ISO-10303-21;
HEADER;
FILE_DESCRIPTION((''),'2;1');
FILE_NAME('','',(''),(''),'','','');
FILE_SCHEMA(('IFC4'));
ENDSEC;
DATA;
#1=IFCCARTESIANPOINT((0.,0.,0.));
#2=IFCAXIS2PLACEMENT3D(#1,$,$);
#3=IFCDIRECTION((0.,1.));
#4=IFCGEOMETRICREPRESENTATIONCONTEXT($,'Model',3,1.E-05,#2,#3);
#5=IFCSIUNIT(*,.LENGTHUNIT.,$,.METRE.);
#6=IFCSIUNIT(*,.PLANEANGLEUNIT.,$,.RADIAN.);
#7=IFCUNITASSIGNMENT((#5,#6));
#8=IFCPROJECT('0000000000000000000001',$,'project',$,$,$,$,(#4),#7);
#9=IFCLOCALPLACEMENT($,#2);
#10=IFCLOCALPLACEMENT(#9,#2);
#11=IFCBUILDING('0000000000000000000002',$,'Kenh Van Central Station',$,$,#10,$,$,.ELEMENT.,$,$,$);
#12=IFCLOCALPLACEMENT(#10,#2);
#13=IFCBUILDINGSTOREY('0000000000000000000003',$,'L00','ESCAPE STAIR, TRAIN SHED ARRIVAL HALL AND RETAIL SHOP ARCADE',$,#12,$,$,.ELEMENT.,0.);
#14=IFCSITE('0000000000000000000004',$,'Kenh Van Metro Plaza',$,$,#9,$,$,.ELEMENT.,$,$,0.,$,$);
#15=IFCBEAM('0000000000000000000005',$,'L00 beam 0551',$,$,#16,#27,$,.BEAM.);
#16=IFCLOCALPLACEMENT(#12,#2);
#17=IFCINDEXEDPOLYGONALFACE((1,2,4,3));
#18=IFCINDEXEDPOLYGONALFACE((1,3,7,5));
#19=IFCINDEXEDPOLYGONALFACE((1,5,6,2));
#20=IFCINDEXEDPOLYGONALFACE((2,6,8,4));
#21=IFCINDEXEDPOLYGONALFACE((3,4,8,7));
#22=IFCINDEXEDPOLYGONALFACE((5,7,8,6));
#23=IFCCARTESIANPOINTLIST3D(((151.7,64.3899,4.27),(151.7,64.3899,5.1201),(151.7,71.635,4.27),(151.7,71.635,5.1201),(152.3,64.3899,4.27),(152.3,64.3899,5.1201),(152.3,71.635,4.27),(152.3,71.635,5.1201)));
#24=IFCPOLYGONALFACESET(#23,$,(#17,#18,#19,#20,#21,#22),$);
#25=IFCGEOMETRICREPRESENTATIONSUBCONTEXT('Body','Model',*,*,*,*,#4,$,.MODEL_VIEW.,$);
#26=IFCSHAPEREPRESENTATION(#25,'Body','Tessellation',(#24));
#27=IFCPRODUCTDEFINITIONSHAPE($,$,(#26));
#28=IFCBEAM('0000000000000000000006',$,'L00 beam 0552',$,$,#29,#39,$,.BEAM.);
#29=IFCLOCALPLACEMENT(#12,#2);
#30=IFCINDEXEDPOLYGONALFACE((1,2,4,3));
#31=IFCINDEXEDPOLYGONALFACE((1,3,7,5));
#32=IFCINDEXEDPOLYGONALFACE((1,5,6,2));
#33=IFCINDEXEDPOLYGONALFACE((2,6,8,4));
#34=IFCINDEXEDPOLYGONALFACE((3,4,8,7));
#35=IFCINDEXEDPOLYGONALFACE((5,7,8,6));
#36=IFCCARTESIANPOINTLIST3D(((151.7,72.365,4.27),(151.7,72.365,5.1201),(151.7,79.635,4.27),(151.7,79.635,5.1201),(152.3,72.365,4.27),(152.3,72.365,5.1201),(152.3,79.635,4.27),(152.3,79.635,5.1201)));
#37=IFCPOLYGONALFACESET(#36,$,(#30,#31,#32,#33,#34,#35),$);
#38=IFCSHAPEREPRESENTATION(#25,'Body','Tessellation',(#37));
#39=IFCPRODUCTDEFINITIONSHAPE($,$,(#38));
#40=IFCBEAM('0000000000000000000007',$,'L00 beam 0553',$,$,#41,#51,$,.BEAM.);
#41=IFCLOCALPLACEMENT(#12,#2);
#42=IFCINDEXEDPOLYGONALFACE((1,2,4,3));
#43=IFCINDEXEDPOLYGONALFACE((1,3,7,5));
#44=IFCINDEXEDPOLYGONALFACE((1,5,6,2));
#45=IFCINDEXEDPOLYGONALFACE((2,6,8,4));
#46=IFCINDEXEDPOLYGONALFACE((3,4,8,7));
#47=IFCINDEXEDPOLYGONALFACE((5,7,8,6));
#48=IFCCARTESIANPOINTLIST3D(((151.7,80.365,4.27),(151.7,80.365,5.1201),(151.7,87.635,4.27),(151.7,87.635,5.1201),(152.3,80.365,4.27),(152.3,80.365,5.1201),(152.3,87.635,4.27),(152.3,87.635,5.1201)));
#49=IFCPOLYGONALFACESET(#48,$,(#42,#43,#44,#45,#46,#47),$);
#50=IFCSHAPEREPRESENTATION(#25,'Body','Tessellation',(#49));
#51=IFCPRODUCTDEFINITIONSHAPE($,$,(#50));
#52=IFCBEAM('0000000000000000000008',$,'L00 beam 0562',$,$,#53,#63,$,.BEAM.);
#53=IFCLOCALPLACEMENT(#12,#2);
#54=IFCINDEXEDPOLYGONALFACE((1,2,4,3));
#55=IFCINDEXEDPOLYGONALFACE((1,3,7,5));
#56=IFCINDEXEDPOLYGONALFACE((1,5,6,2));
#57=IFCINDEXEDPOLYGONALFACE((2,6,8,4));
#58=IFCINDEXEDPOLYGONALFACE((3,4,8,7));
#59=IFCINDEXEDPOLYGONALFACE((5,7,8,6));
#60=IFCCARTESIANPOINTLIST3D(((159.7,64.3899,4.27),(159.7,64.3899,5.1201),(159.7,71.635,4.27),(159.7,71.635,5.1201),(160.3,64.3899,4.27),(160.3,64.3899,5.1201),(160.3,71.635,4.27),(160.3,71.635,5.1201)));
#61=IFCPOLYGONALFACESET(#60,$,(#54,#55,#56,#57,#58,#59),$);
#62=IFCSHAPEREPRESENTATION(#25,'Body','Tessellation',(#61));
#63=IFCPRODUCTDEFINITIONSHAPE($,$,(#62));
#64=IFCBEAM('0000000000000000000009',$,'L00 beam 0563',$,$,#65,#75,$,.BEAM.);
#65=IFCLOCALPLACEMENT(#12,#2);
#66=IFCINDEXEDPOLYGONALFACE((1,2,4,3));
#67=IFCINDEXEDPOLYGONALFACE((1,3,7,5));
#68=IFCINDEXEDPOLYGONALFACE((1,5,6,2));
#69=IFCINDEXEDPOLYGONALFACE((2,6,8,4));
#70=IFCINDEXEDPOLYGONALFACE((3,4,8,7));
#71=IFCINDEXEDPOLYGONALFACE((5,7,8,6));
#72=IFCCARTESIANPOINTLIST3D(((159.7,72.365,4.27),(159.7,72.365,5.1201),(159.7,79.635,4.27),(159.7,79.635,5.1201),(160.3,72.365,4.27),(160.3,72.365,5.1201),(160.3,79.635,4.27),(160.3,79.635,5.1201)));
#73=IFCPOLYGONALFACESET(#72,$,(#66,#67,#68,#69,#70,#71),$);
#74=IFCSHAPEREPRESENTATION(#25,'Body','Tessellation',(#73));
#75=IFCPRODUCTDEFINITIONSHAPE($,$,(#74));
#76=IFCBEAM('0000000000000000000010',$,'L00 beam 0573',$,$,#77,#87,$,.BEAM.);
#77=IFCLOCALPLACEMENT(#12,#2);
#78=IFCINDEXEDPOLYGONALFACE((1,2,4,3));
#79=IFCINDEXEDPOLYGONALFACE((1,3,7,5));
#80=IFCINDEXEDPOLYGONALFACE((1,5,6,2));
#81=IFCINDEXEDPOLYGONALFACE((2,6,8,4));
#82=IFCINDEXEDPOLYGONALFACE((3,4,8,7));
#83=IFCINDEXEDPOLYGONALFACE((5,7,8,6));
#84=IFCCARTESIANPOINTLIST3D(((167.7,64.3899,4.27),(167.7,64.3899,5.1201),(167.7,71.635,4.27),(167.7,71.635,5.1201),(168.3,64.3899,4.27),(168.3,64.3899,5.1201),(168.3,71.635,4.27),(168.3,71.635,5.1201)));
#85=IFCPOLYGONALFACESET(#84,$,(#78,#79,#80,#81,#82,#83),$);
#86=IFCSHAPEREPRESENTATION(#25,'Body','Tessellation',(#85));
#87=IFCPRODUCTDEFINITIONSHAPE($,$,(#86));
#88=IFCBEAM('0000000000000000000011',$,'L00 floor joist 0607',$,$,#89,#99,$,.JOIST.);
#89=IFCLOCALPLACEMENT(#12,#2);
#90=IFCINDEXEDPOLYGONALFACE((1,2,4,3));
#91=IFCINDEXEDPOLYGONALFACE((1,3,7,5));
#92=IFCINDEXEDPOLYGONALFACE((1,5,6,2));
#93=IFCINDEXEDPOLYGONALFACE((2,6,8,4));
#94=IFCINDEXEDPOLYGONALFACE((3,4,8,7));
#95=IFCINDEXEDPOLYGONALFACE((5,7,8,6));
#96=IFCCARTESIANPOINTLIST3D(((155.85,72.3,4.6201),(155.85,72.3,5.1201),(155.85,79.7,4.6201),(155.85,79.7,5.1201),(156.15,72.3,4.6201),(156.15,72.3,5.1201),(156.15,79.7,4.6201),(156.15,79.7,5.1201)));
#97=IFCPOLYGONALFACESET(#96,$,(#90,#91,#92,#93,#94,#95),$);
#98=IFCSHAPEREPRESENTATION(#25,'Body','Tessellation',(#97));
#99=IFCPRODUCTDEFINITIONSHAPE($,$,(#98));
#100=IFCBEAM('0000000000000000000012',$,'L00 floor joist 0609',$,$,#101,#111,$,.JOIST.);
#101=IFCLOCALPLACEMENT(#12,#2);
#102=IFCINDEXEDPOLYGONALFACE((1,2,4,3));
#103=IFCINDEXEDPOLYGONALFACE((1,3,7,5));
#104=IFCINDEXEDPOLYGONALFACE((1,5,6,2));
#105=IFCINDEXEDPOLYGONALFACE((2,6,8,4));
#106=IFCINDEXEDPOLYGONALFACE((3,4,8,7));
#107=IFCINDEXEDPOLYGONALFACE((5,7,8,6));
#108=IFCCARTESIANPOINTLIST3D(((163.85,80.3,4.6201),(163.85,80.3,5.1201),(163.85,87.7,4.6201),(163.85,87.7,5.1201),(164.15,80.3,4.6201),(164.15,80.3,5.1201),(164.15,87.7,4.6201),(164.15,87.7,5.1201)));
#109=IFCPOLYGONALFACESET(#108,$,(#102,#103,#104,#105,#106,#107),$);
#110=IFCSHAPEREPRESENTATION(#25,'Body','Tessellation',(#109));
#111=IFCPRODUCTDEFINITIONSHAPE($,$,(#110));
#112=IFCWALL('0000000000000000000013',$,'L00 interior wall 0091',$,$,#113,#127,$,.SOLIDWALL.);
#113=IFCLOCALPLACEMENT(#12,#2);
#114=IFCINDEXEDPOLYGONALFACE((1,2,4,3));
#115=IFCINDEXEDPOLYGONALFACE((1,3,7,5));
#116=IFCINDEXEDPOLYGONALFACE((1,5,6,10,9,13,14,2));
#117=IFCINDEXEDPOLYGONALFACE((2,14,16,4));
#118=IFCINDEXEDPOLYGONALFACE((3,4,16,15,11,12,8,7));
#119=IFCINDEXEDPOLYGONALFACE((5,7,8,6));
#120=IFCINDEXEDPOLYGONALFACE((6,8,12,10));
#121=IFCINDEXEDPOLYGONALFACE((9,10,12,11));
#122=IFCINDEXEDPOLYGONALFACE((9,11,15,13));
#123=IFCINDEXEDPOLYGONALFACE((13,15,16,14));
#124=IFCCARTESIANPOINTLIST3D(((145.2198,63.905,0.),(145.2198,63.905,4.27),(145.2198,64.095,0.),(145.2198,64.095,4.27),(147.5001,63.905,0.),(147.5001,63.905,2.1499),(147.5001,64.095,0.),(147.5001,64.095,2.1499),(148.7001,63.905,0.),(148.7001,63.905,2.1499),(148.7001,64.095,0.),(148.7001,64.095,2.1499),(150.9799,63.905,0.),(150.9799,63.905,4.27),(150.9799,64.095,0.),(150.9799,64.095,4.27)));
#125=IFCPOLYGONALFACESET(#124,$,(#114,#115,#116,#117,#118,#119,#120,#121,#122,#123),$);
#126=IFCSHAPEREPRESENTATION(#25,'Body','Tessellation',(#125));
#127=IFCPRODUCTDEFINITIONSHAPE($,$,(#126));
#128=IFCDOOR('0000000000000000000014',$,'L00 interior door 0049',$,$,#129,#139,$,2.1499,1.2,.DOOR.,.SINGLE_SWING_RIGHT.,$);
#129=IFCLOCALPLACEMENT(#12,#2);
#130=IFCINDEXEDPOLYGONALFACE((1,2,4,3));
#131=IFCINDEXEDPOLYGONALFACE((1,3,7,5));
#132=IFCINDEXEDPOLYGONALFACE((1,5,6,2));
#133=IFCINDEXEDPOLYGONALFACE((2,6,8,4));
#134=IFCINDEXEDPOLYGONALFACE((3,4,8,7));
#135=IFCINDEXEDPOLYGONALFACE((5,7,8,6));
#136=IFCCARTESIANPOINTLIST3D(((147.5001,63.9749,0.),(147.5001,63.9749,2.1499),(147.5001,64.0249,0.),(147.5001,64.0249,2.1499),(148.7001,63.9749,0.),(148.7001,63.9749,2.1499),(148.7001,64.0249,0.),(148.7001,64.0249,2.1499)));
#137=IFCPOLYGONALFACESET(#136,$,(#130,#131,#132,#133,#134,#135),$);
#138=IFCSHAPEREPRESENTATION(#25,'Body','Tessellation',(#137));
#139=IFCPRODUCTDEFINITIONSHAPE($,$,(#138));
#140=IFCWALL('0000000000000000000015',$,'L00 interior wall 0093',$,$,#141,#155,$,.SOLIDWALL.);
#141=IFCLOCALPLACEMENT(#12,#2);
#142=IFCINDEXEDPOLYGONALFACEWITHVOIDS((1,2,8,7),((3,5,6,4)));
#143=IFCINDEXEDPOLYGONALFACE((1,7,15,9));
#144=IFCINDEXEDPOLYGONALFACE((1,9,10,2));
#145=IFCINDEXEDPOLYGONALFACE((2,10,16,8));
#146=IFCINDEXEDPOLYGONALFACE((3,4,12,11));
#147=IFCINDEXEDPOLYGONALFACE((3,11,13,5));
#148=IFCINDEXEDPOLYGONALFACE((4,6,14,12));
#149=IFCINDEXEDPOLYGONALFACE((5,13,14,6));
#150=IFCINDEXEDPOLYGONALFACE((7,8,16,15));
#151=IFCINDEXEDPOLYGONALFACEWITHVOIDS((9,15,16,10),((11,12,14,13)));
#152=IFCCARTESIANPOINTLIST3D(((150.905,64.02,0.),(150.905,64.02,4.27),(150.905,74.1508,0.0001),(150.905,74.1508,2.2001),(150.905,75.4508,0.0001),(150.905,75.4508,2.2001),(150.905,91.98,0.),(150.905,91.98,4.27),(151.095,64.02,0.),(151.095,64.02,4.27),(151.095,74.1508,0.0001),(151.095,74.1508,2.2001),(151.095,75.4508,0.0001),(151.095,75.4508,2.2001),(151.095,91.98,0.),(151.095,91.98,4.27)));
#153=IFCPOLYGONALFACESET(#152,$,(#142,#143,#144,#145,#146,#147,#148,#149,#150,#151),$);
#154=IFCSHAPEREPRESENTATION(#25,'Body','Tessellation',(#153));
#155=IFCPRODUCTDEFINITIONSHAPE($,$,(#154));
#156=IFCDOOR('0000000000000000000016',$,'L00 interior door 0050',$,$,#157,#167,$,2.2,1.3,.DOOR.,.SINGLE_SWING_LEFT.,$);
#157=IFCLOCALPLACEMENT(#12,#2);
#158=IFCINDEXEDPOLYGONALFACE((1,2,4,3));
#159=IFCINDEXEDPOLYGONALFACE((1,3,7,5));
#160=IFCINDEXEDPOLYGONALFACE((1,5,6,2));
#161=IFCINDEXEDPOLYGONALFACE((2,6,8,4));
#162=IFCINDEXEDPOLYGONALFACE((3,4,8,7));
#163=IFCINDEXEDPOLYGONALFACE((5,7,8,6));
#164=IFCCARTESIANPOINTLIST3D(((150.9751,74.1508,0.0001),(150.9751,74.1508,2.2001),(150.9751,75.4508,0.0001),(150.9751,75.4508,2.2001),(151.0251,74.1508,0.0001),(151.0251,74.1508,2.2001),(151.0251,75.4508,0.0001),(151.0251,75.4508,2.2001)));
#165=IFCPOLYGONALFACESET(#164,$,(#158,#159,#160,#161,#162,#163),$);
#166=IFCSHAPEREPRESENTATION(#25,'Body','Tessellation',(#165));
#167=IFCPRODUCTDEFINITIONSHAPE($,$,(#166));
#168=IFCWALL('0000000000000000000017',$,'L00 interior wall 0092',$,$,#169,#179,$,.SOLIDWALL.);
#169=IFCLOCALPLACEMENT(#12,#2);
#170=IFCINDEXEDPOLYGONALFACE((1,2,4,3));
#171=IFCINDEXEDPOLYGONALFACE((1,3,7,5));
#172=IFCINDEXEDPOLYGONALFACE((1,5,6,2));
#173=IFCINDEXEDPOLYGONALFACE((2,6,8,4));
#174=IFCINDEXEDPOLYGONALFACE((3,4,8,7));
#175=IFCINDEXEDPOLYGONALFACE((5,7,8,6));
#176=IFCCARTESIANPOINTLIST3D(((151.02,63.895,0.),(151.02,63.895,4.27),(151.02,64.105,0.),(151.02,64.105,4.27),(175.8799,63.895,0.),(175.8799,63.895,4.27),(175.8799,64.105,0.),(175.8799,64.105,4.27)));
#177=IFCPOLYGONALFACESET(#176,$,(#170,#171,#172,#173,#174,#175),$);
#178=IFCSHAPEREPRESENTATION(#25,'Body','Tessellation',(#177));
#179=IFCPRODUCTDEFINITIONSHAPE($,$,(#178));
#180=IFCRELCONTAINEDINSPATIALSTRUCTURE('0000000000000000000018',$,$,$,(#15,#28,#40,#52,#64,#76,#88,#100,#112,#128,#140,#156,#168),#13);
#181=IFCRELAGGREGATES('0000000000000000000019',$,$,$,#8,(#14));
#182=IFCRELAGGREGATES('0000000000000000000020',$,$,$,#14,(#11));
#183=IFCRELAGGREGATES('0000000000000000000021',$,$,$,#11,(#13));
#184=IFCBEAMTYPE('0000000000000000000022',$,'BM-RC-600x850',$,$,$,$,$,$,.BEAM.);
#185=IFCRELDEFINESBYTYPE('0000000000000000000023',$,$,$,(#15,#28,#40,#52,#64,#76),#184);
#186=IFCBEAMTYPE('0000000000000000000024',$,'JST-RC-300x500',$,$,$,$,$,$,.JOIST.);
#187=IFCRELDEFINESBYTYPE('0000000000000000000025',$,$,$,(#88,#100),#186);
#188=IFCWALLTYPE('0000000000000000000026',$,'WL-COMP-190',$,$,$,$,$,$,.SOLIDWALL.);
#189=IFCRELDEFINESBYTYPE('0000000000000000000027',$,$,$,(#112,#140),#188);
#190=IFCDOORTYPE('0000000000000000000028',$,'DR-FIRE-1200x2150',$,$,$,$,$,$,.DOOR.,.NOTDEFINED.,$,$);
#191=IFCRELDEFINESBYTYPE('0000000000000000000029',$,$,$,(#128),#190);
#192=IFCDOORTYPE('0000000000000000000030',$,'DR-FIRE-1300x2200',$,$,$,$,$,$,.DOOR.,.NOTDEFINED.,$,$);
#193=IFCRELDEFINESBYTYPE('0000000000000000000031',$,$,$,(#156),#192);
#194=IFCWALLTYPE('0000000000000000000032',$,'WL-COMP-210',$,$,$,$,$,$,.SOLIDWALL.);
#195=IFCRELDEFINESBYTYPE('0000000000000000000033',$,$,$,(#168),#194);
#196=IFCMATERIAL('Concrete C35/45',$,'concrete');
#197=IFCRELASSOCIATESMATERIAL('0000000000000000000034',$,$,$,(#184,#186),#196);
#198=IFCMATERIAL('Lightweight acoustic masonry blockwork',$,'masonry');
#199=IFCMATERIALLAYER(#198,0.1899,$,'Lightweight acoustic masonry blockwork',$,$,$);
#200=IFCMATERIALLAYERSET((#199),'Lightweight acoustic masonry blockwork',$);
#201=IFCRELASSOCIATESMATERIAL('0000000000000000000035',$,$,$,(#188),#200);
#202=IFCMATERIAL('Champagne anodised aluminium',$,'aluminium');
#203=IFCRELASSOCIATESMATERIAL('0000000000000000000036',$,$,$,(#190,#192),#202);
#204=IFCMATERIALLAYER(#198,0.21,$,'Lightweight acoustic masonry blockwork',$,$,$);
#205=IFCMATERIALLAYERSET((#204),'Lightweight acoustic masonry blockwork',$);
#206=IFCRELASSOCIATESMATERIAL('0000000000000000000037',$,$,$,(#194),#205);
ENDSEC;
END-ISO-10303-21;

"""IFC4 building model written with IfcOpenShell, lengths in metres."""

from ifc_helpers import new_model, si_unit, direction, frame, frame_2d, origin, origin_2d, place, context, subcontext, project, spatial, rectangle, extrude, material, layer, layer_set, material_profile, profile_set, type_object, element, fill, save


model = new_model("IFC4")

# Units and contexts
model_context = context("Model", 3, precision=1e-05, world=origin(), true_north=direction((0.0, 1.0)))
body_context = subcontext(model_context, "Body", "Model", "MODEL_VIEW")
ifc_project = project(units=[si_unit("LENGTHUNIT", "METRE"), si_unit("PLANEANGLEUNIT", "RADIAN")], contexts=[model_context])

# Site, building, storey
site_placement = place(None, origin())
site = spatial("IfcSite", under=ifc_project, at=site_placement, Name="Kenh Van Metro Plaza", CompositionType="ELEMENT", RefElevation=0.0)
building_placement = place(site_placement, origin())
building = spatial("IfcBuilding", under=site, at=building_placement, Name="Kenh Van Central Station", CompositionType="ELEMENT")
storey_placement = place(building_placement, origin())
storey = spatial("IfcBuildingStorey", under=building, at=storey_placement, Name="L00", Description="ESCAPE STAIR, TRAIN SHED ARRIVAL HALL AND RETAIL SHOP ARCADE", CompositionType="ELEMENT", Elevation=0.0)

# Beams
ifc_material_1 = material(Name="Concrete C35/45", Category="concrete")
ifc_material_profile_1 = material_profile(ifc_material_1, rectangle(XDim=0.6001, YDim=0.8501, at=origin_2d()), Name="RC 600x850")
ifc_profile_set_1 = profile_set([ifc_material_profile_1], Name="Concrete C35/45")
beam_type_1 = type_object("IfcBeamType", Name="BM-RC-600x850", PredefinedType="BEAM", material=ifc_profile_set_1)
beam_1_placement = place(storey_placement, frame((152.0, 64.3899, 4.6951), z_axis=(0.0, 1.0, 0.0), x_axis=(-1.0, 0.0, 0.0)))
element("IfcBeam", 1, at=beam_1_placement, inside=storey, type_object=beam_type_1, Name="L00 beam 0551", PredefinedType="BEAM", context=body_context, shape_type="SweptSolid", body=[
    extrude(rectangle(XDim=0.6001, YDim=0.8501, at=origin_2d()), origin(), (0.0, 0.0, 1.0), 7.2451),
])
for number, where, z_axis, x_axis, name in (
    (2, (152.0, 72.365, 4.6951), (0.0, 1.0, 0.0), (-1.0, 0.0, 0.0), "L00 beam 0552"),
    (3, (152.0, 80.365, 4.6951), (0.0, 1.0, 0.0), (-1.0, 0.0, 0.0), "L00 beam 0553"),
):
    element("IfcBeam", number, at=place(storey_placement, frame(where, z_axis=z_axis, x_axis=x_axis)), inside=storey, type_object=beam_type_1, Name=name, PredefinedType="BEAM", context=body_context, shape_type="SweptSolid", body=[
        extrude(rectangle(XDim=0.6001, YDim=0.8501, at=origin_2d()), origin(), (0.0, 0.0, 1.0), 7.27),
    ])
beam_2_placement = place(storey_placement, frame((160.0, 64.3899, 4.6951), z_axis=(0.0, 1.0, 0.0), x_axis=(-1.0, 0.0, 0.0)))
element("IfcBeam", 4, at=beam_2_placement, inside=storey, type_object=beam_type_1, Name="L00 beam 0562", PredefinedType="BEAM", context=body_context, shape_type="SweptSolid", body=[
    extrude(rectangle(XDim=0.6001, YDim=0.8501, at=origin_2d()), origin(), (0.0, 0.0, 1.0), 7.2451),
])
beam_3_placement = place(storey_placement, frame((160.0, 72.365, 4.6951), z_axis=(0.0, 1.0, 0.0), x_axis=(-1.0, 0.0, 0.0)))
element("IfcBeam", 5, at=beam_3_placement, inside=storey, type_object=beam_type_1, Name="L00 beam 0563", PredefinedType="BEAM", context=body_context, shape_type="SweptSolid", body=[
    extrude(rectangle(XDim=0.6001, YDim=0.8501, at=origin_2d()), origin(), (0.0, 0.0, 1.0), 7.27),
])
beam_4_placement = place(storey_placement, frame((168.0, 64.3899, 4.6951), z_axis=(0.0, 1.0, 0.0), x_axis=(-1.0, 0.0, 0.0)))
element("IfcBeam", 6, at=beam_4_placement, inside=storey, type_object=beam_type_1, Name="L00 beam 0573", PredefinedType="BEAM", context=body_context, shape_type="SweptSolid", body=[
    extrude(rectangle(XDim=0.6001, YDim=0.8501, at=origin_2d()), origin(), (0.0, 0.0, 1.0), 7.2451),
])
ifc_material_profile_2 = material_profile(ifc_material_1, rectangle(XDim=0.3, YDim=0.5, at=origin_2d()), Name="RC 300x500")
ifc_profile_set_2 = profile_set([ifc_material_profile_2], Name="Concrete C35/45")
beam_type_2 = type_object("IfcBeamType", Name="JST-RC-300x500", PredefinedType="JOIST", material=ifc_profile_set_2)
for number, where, z_axis, x_axis, name in (
    (7, (156.0, 72.3, 4.8701), (0.0, 1.0, 0.0), (-1.0, 0.0, 0.0), "L00 floor joist 0607"),
    (8, (164.0, 80.3, 4.8701), (0.0, 1.0, 0.0), (-1.0, 0.0, 0.0), "L00 floor joist 0609"),
):
    element("IfcBeam", number, at=place(storey_placement, frame(where, z_axis=z_axis, x_axis=x_axis)), inside=storey, type_object=beam_type_2, Name=name, PredefinedType="JOIST", context=body_context, shape_type="SweptSolid", body=[
        extrude(rectangle(XDim=0.3, YDim=0.5, at=origin_2d()), origin(), (0.0, 0.0, 1.0), 7.3999),
    ])

# Walls, openings, doors
ifc_material_2 = material(Name="Lightweight acoustic masonry blockwork", Category="masonry")
ifc_layer_1 = layer(ifc_material_2, 0.1899, Name="Lightweight acoustic masonry blockwork")
ifc_layer_set_1 = layer_set([ifc_layer_1], Name="Lightweight acoustic masonry blockwork")
wall_type_1 = type_object("IfcWallType", Name="WL-COMP-190", PredefinedType="SOLIDWALL", material=ifc_layer_set_1)
wall_1_placement = place(storey_placement, frame((145.22, 64.0, 0.0), z_axis=(0.0, 0.0, 1.0), x_axis=(1.0, 0.0, 0.0)))
wall_1 = element("IfcWall", 9, at=wall_1_placement, inside=storey, type_object=wall_type_1, Name="L00 interior wall 0091", PredefinedType="SOLIDWALL", context=body_context, shape_type="SweptSolid", body=[
    extrude(rectangle(XDim=5.76, YDim=0.1899, at=frame_2d((2.8799, 0.0))), origin(), (0.0, 0.0, 1.0), 4.27),
])
opening_1_placement = place(wall_1_placement, frame((2.28, 0.0, 0.0)))
opening_1 = element("IfcOpeningElement", 10, at=opening_1_placement, cuts=wall_1, PredefinedType="OPENING", context=body_context, shape_type="SweptSolid", body=[
    extrude(rectangle(XDim=1.2, YDim=2.1499, at=frame_2d((0.6001, 1.075))), frame((0.0, 0.105, 0.0), z_axis=(0.0, -1.0, 0.0), x_axis=(1.0, 0.0, 0.0)), (0.0, 0.0, 1.0), 0.21),
])
ifc_material_3 = material(Name="Champagne anodised aluminium", Category="aluminium")
door_type_1 = type_object("IfcDoorType", Name="DR-FIRE-1200x2150", OperationType="NOTDEFINED", PredefinedType="DOOR", material=ifc_material_3)
door_1_placement = place(opening_1_placement, origin())
door_1 = element("IfcDoor", 11, at=door_1_placement, inside=storey, type_object=door_type_1, Name="L00 interior door 0049", OperationType="SINGLE_SWING_RIGHT", OverallHeight=2.1499, OverallWidth=1.2, PredefinedType="DOOR", context=body_context, shape_type="SweptSolid", body=[
    extrude(rectangle(XDim=1.2, YDim=2.1499, at=frame_2d((0.6001, 1.075))), frame((0.0, 0.0249, 0.0), z_axis=(0.0, -1.0, 0.0), x_axis=(1.0, 0.0, 0.0)), (0.0, 0.0, 1.0), 0.05),
])
fill(opening_1, door_1)
wall_2_placement = place(storey_placement, frame((151.0, 64.02, 0.0), z_axis=(0.0, 0.0, 1.0), x_axis=(0.0, 1.0, 0.0)))
wall_2 = element("IfcWall", 12, at=wall_2_placement, inside=storey, type_object=wall_type_1, Name="L00 interior wall 0093", PredefinedType="SOLIDWALL", context=body_context, shape_type="SweptSolid", body=[
    extrude(rectangle(XDim=27.96, YDim=0.1899, at=frame_2d((13.98, 0.0))), origin(), (0.0, 0.0, 1.0), 4.27),
])
opening_2_placement = place(wall_2_placement, frame((10.1309, 0.0, 0.0)))
opening_2 = element("IfcOpeningElement", 13, at=opening_2_placement, cuts=wall_2, PredefinedType="OPENING", context=body_context, shape_type="SweptSolid", body=[
    extrude(rectangle(XDim=1.3, YDim=2.2, at=frame_2d((0.6499, 1.1001))), frame((0.0, 0.105, 0.0), z_axis=(0.0, -1.0, 0.0), x_axis=(1.0, 0.0, 0.0)), (0.0, 0.0, 1.0), 0.21),
])
door_type_2 = type_object("IfcDoorType", Name="DR-FIRE-1300x2200", OperationType="NOTDEFINED", PredefinedType="DOOR", material=ifc_material_3)
door_2_placement = place(opening_2_placement, origin())
door_2 = element("IfcDoor", 14, at=door_2_placement, inside=storey, type_object=door_type_2, Name="L00 interior door 0050", OperationType="SINGLE_SWING_LEFT", OverallHeight=2.2, OverallWidth=1.3, PredefinedType="DOOR", context=body_context, shape_type="SweptSolid", body=[
    extrude(rectangle(XDim=1.3, YDim=2.2, at=frame_2d((0.6499, 1.1001))), frame((0.0, 0.0249, 0.0), z_axis=(0.0, -1.0, 0.0), x_axis=(1.0, 0.0, 0.0)), (0.0, 0.0, 1.0), 0.05),
])
fill(opening_2, door_2)

# Wall
ifc_layer_2 = layer(ifc_material_2, 0.21, Name="Lightweight acoustic masonry blockwork")
ifc_layer_set_2 = layer_set([ifc_layer_2], Name="Lightweight acoustic masonry blockwork")
wall_type_2 = type_object("IfcWallType", Name="WL-COMP-210", PredefinedType="SOLIDWALL", material=ifc_layer_set_2)
wall_3_placement = place(storey_placement, frame((151.02, 64.0, 0.0), z_axis=(0.0, 0.0, 1.0), x_axis=(1.0, 0.0, 0.0)))
element("IfcWall", 15, at=wall_3_placement, inside=storey, type_object=wall_type_2, Name="L00 interior wall 0092", PredefinedType="SOLIDWALL", context=body_context, shape_type="SweptSolid", body=[
    extrude(rectangle(XDim=24.8599, YDim=0.21, at=frame_2d((12.4299, 0.0))), origin(), (0.0, 0.0, 1.0), 4.27),
])

save(model, "model.ifc")
